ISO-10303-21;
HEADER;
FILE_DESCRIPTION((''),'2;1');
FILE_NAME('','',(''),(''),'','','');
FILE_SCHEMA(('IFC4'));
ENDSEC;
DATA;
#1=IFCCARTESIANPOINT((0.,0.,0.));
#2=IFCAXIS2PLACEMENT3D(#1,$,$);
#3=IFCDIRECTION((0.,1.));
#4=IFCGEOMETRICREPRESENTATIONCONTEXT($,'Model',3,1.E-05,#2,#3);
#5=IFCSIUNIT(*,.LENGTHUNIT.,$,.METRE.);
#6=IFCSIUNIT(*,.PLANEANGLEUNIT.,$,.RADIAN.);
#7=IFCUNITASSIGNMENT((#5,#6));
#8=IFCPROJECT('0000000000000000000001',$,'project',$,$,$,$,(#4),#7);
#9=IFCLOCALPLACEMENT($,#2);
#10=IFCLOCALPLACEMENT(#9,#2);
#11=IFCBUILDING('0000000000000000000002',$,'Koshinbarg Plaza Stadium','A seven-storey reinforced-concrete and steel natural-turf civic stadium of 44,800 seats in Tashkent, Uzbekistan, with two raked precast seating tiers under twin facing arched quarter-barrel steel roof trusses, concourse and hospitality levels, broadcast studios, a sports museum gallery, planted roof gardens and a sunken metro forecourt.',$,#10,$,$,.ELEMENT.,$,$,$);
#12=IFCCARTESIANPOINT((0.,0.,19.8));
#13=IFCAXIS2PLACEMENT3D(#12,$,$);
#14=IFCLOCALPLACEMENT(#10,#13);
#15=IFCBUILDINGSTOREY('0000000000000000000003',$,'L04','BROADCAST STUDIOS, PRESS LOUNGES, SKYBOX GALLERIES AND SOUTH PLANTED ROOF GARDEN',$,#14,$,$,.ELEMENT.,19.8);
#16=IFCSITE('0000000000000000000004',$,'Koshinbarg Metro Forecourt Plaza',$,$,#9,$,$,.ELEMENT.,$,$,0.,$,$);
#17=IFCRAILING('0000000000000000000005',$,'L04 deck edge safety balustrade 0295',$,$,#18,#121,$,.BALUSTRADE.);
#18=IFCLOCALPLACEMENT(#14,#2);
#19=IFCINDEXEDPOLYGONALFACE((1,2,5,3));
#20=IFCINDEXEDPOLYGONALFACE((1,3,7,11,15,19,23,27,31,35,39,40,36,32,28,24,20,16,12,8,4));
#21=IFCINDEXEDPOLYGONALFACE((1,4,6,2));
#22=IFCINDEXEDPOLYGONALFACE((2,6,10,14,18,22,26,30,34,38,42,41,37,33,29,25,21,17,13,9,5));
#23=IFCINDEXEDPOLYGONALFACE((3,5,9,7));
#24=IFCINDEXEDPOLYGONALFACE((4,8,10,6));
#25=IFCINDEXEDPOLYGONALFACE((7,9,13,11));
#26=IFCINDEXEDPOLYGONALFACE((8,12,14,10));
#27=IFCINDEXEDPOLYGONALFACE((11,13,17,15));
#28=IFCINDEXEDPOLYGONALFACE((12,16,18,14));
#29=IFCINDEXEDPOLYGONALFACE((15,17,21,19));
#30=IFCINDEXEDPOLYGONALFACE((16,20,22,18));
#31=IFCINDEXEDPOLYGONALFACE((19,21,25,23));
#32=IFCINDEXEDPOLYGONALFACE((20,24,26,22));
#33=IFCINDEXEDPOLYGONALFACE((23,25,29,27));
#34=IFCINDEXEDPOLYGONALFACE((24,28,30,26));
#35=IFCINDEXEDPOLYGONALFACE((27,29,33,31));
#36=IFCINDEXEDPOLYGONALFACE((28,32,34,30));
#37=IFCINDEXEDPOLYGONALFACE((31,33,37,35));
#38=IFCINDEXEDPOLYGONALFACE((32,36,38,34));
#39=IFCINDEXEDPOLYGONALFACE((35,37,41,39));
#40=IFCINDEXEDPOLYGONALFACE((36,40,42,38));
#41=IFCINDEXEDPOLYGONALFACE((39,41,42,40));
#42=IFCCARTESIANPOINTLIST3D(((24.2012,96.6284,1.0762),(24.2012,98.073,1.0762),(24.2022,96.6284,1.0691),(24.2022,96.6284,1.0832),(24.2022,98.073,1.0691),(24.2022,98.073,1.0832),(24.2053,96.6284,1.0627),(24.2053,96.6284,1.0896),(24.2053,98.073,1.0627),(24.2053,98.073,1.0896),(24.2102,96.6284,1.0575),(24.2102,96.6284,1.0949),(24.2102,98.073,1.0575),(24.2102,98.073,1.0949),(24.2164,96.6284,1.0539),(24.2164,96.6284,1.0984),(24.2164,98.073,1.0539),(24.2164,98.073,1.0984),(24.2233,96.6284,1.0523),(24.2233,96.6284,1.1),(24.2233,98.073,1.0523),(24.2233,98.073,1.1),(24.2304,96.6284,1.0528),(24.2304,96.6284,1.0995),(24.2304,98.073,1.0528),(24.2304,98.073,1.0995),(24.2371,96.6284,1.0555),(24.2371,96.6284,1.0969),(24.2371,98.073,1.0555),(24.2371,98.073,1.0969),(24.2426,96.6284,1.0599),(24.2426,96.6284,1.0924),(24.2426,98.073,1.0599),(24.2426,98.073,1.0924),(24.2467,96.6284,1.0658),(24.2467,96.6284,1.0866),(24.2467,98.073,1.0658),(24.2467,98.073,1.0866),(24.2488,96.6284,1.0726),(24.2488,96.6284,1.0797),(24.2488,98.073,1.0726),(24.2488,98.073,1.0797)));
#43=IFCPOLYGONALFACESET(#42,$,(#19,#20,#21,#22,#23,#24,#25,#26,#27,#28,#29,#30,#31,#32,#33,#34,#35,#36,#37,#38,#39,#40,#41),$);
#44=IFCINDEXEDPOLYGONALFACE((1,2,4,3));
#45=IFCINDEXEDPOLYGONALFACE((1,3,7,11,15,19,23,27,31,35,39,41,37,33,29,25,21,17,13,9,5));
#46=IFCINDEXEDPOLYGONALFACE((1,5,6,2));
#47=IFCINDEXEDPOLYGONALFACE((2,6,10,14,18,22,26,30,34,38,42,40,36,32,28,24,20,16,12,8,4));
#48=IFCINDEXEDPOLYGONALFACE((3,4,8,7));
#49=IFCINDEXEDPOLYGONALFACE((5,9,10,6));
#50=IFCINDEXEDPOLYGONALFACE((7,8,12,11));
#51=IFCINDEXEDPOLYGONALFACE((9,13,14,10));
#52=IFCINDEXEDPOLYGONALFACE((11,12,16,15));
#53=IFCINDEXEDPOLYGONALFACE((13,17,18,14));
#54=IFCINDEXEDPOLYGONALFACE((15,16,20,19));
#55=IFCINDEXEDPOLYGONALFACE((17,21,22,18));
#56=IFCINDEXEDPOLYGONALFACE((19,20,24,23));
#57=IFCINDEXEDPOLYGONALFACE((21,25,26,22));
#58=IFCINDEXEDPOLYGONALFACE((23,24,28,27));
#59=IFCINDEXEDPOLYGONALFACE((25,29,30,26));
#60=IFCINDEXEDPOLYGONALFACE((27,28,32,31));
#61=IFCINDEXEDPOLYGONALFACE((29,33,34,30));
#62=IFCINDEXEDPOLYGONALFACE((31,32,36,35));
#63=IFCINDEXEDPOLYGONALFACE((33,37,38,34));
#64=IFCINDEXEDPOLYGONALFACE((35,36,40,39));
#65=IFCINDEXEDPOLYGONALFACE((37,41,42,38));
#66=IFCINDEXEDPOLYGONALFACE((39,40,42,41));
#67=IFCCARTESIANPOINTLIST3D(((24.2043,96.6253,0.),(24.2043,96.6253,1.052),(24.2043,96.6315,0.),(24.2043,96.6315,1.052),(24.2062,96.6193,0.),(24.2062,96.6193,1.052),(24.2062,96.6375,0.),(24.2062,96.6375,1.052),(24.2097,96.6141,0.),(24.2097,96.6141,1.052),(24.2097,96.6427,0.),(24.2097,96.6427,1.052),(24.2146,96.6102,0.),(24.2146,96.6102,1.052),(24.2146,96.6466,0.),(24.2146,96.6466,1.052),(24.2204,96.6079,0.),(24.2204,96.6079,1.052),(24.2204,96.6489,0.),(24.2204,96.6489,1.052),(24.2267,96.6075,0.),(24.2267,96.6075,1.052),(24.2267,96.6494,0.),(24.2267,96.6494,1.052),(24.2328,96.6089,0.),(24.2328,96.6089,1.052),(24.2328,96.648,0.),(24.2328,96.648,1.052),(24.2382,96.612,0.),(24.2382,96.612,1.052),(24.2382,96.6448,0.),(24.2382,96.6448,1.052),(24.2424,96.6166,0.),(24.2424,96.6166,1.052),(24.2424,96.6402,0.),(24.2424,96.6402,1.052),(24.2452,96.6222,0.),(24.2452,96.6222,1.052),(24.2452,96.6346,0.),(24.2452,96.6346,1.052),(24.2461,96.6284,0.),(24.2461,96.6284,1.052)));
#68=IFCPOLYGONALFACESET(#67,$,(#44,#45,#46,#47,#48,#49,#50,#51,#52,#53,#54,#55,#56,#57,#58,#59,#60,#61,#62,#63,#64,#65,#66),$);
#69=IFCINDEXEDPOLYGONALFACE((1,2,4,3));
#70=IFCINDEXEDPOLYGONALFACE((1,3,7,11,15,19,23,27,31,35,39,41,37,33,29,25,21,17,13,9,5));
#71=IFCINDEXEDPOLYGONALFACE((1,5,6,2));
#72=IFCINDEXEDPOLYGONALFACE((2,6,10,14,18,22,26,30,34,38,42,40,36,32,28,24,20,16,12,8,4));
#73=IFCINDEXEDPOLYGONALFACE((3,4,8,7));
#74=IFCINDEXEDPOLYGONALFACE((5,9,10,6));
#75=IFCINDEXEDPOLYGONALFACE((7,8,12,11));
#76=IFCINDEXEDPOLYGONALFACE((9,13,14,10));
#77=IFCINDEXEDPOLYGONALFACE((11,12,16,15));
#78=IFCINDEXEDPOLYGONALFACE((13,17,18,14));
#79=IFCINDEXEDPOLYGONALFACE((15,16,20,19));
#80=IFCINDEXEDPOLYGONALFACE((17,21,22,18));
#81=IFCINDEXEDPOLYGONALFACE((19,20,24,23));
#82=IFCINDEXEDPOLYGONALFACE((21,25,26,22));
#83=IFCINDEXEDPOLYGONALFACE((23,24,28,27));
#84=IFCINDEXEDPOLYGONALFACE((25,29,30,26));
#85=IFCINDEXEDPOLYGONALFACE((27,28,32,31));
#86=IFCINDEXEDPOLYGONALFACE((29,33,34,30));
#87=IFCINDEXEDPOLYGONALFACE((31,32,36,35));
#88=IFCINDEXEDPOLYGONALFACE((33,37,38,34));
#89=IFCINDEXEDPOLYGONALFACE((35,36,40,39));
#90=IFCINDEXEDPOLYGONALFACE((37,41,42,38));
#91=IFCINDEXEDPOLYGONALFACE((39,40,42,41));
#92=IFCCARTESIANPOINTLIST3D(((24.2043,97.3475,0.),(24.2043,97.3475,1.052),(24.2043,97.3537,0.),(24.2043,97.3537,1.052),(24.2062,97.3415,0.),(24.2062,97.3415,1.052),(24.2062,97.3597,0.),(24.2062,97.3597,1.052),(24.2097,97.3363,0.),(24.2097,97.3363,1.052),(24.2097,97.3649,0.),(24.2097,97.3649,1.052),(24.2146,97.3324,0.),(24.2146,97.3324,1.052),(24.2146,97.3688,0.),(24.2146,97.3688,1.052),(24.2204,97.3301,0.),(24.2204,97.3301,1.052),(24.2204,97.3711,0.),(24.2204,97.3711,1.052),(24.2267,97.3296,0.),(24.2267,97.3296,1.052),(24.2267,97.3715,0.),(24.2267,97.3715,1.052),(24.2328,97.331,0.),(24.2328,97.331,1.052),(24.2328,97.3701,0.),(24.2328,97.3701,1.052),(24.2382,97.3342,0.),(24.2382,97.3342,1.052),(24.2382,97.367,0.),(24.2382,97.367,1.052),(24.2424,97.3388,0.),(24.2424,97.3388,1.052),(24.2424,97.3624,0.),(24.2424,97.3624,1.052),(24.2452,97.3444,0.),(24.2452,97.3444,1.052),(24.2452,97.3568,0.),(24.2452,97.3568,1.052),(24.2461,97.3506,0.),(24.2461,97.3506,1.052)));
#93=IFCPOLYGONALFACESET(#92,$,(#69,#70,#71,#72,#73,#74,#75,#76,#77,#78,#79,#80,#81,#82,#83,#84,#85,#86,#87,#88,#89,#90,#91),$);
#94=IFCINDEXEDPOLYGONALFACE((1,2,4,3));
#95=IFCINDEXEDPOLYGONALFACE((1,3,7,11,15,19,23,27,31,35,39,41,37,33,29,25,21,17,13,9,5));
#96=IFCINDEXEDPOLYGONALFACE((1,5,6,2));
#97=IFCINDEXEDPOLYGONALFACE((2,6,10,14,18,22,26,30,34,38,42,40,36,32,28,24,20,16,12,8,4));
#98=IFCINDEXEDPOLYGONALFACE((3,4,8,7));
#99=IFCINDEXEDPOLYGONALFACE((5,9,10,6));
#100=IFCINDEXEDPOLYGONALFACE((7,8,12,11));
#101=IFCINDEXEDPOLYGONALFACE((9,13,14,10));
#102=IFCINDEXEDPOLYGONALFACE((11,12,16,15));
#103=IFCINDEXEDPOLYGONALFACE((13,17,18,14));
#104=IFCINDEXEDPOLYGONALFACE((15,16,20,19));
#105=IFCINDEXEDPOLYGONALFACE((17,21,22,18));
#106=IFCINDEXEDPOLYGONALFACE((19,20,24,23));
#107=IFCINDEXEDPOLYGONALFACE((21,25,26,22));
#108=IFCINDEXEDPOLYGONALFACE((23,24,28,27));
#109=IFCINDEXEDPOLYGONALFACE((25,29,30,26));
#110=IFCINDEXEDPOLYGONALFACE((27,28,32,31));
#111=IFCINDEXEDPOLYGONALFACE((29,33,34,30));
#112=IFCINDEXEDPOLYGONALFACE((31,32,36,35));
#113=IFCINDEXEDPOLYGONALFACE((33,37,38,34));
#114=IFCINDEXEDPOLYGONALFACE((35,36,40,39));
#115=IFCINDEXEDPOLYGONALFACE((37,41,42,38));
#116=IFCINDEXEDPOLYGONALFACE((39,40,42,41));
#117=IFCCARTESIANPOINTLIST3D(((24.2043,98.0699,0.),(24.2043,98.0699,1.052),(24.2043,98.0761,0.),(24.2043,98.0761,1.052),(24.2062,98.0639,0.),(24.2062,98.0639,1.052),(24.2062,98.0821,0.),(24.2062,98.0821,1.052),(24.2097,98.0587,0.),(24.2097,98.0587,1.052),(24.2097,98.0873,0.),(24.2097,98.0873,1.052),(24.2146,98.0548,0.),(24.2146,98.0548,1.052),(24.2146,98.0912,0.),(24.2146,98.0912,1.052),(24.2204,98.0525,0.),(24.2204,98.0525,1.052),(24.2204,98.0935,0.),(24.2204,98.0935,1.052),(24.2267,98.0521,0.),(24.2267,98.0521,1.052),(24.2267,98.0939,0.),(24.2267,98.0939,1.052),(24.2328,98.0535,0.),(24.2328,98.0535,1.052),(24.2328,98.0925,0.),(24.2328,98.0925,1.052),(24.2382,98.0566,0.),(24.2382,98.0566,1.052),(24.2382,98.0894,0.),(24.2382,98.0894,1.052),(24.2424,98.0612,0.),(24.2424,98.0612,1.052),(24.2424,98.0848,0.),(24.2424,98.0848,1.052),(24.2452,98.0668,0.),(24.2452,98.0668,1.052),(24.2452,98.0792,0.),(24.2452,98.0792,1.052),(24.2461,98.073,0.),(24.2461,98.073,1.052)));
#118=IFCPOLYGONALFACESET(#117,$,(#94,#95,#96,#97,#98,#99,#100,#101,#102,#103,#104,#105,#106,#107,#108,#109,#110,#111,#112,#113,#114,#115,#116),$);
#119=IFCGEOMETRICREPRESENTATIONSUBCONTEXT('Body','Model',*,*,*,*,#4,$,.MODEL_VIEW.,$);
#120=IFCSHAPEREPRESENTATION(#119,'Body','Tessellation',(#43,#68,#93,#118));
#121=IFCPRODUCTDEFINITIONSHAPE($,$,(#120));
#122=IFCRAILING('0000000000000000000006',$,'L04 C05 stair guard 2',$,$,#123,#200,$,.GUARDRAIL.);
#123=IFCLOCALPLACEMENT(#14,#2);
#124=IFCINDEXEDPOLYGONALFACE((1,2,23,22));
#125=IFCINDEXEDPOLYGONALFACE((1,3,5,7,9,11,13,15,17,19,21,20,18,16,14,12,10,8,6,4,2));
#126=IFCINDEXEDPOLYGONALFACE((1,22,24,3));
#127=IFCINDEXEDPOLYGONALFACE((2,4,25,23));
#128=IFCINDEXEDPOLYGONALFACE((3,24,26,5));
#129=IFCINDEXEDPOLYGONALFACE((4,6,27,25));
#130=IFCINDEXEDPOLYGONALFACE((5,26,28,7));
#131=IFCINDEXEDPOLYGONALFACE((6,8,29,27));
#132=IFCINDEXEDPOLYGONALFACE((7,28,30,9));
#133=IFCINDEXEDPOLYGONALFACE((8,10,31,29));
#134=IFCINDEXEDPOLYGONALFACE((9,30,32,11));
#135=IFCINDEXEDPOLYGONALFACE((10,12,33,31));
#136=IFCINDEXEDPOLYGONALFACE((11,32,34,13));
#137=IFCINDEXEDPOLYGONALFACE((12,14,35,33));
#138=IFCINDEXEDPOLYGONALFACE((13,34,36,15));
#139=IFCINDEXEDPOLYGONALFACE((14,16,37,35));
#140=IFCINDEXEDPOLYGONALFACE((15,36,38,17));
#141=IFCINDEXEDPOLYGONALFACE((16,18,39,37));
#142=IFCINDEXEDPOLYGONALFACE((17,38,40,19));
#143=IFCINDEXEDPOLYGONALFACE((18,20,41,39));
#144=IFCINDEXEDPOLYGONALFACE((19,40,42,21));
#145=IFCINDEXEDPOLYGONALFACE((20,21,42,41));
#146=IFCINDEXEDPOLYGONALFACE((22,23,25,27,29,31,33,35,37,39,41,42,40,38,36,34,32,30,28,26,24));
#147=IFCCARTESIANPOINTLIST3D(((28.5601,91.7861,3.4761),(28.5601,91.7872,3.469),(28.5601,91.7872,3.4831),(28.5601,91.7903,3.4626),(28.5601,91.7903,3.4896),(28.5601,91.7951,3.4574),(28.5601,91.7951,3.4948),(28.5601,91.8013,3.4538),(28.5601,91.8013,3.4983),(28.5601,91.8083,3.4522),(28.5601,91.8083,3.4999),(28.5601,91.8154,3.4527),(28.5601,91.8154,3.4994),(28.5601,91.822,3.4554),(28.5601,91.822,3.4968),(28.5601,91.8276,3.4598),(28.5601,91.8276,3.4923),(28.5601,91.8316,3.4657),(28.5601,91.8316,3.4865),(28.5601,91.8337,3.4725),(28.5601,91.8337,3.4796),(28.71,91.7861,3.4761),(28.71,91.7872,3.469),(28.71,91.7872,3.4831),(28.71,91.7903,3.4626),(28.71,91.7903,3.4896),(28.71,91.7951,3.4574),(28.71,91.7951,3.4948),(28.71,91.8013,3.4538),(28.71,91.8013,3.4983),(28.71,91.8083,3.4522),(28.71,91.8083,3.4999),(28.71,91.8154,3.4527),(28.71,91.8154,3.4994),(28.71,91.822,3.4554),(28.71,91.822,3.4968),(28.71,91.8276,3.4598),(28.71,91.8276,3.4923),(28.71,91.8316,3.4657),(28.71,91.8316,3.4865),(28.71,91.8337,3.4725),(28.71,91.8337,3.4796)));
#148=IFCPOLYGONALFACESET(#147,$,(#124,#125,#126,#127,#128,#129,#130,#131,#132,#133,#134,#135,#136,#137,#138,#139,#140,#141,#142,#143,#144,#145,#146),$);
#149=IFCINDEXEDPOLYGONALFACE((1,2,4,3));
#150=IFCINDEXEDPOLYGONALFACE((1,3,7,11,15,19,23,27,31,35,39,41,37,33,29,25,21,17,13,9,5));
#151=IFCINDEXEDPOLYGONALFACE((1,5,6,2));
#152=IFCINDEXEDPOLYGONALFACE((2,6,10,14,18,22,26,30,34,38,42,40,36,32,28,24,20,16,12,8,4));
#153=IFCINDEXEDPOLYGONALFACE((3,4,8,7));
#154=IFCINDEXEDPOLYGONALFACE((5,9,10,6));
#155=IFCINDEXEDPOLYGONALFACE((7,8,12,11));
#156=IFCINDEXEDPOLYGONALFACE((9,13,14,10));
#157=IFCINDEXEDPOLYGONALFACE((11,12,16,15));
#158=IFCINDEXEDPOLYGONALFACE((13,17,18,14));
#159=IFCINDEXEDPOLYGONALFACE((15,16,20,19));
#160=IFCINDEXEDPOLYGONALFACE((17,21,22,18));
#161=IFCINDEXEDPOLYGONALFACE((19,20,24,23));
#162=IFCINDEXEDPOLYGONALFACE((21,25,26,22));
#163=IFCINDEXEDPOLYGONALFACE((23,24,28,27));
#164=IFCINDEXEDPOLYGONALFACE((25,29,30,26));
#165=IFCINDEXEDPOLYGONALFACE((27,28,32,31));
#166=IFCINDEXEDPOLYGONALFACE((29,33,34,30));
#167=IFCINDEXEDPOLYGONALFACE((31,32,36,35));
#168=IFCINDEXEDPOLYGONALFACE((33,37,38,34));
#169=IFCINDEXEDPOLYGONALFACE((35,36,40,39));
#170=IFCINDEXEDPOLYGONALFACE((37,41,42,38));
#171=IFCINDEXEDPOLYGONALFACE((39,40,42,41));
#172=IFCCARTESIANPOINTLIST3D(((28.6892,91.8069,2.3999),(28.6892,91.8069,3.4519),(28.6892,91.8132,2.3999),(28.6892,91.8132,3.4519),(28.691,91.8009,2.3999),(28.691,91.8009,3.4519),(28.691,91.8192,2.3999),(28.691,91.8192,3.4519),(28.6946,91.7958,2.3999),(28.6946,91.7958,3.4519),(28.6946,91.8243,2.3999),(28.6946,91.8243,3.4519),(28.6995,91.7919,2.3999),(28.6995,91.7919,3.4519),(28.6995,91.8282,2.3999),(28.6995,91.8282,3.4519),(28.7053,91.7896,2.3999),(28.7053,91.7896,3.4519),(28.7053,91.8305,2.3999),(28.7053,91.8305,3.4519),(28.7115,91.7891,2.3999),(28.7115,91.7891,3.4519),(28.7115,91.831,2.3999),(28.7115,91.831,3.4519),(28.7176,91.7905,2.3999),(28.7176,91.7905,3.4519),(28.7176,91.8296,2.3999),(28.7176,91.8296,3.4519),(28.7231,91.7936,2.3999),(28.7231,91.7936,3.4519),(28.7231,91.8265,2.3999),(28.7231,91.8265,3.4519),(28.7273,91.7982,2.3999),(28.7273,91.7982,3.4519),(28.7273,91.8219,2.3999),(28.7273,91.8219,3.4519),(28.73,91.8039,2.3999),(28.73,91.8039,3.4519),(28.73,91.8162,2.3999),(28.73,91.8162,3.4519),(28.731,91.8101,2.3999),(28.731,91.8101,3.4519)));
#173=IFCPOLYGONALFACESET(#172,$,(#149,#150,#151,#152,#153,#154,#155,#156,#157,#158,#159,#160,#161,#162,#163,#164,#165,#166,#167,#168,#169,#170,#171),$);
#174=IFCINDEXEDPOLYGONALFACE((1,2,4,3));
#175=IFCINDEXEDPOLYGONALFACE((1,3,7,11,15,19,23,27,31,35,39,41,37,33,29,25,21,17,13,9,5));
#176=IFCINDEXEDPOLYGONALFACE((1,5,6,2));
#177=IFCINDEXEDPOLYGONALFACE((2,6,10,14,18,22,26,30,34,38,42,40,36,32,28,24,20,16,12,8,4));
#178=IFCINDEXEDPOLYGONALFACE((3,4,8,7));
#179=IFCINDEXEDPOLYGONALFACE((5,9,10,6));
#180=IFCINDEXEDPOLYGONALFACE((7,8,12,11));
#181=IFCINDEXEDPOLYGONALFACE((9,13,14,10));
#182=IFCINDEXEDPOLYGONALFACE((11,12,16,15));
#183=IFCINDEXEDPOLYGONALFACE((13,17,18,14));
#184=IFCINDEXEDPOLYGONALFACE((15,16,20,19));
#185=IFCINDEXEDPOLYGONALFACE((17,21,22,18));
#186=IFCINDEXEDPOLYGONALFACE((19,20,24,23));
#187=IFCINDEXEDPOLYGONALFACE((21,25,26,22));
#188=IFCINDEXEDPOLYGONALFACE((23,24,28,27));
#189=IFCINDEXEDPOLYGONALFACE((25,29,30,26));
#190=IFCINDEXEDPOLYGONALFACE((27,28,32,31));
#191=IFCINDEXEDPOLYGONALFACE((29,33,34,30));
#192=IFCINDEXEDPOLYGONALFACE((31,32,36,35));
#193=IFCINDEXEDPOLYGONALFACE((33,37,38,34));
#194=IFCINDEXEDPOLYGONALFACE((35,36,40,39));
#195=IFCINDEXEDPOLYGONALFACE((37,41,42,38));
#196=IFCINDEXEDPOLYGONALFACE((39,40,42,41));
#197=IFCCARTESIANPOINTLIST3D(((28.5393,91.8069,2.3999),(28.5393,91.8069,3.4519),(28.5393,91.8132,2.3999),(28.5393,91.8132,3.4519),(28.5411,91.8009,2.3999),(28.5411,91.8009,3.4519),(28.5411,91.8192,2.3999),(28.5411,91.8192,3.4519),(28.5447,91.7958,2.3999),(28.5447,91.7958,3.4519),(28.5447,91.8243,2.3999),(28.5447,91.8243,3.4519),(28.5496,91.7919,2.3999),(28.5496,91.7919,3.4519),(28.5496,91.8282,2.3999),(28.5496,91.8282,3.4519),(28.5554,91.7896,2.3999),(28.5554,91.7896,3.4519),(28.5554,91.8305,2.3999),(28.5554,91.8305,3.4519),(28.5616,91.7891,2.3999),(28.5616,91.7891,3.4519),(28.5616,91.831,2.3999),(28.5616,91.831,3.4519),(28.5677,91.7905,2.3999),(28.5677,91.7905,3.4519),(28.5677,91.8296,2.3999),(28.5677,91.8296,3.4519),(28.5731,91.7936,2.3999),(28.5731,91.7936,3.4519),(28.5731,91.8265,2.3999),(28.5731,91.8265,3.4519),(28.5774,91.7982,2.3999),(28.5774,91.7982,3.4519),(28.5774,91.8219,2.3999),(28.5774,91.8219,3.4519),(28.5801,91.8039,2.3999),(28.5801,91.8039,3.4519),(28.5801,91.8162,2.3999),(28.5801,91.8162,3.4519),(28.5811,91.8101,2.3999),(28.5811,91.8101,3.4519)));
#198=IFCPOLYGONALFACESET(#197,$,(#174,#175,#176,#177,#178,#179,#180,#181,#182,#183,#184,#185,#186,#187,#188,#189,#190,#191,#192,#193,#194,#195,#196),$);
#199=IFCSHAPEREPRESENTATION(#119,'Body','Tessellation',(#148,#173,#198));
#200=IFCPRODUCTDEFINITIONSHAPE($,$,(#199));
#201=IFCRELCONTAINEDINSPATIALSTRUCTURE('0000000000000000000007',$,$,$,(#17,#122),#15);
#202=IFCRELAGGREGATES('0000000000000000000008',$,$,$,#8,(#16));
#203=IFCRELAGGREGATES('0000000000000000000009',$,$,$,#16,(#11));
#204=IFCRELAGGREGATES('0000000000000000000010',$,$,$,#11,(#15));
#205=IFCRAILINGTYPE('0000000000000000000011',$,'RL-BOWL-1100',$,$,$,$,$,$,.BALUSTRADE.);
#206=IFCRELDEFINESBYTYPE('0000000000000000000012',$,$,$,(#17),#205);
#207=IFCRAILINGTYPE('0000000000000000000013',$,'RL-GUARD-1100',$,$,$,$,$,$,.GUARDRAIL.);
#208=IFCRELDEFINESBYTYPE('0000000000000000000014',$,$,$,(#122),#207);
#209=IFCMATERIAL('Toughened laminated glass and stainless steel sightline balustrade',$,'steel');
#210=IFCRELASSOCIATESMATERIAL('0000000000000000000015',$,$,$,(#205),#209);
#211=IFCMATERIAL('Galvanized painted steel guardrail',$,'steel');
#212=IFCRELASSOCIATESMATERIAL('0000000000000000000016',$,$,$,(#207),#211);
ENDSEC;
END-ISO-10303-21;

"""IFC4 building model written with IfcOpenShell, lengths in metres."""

from ifc_helpers import new_model, si_unit, direction, frame, origin, origin_2d, place, context, subcontext, project, spatial, circle, extrude, material, type_object, element, save


model = new_model("IFC4")

# Units and contexts
model_context = context("Model", 3, precision=1e-05, world=origin(), true_north=direction((0.0, 1.0)))
body_context = subcontext(model_context, "Body", "Model", "MODEL_VIEW")
ifc_project = project(units=[si_unit("LENGTHUNIT", "METRE"), si_unit("PLANEANGLEUNIT", "RADIAN")], contexts=[model_context])

# Site, building, storey
site_placement = place(None, origin())
site = spatial("IfcSite", under=ifc_project, at=site_placement, Name="Koshinbarg Metro Forecourt Plaza", CompositionType="ELEMENT", RefElevation=0.0)
building_placement = place(site_placement, origin())
building = spatial("IfcBuilding", under=site, at=building_placement, Name="Koshinbarg Plaza Stadium", Description="A seven-storey reinforced-concrete and steel natural-turf civic stadium of 44,800 seats in Tashkent, Uzbekistan, with two raked precast seating tiers under twin facing arched quarter-barrel steel roof trusses, concourse and hospitality levels, broadcast studios, a sports museum gallery, planted roof gardens and a sunken metro forecourt.", CompositionType="ELEMENT")
storey_placement = place(building_placement, frame((0.0, 0.0, 19.8)))
storey = spatial("IfcBuildingStorey", under=building, at=storey_placement, Name="L04", Description="BROADCAST STUDIOS, PRESS LOUNGES, SKYBOX GALLERIES AND SOUTH PLANTED ROOF GARDEN", CompositionType="ELEMENT", Elevation=19.8)

# Railings
ifc_material_1 = material(Name="Toughened laminated glass and stainless steel sightline balustrade", Category="steel")
railing_type_1 = type_object("IfcRailingType", Name="RL-BOWL-1100", PredefinedType="BALUSTRADE", material=ifc_material_1)
railing_1_placement = place(storey_placement, frame((24.2251, 96.6284, 0.0)))
element("IfcRailing", 1, at=railing_1_placement, inside=storey, type_object=railing_type_1, Name="L04 deck edge safety balustrade 0295", PredefinedType="BALUSTRADE", context=body_context, shape_type="SweptSolid", body=[
    extrude(circle(Radius=0.0239, at=origin_2d()), frame((0.0, 0.0, 1.0762), z_axis=(0.0, 1.0, 0.0), x_axis=(-1.0, 0.0, 0.0)), (0.0, 0.0, 1.0), 1.4446),
    extrude(circle(Radius=0.021, at=origin_2d()), origin(), (0.0, 0.0, 1.0), 1.052),
    extrude(circle(Radius=0.021, at=origin_2d()), frame((0.0, 0.7222, 0.0)), (0.0, 0.0, 1.0), 1.052),
    extrude(circle(Radius=0.021, at=origin_2d()), frame((0.0, 1.4446, 0.0)), (0.0, 0.0, 1.0), 1.052),
])
ifc_material_2 = material(Name="Galvanized painted steel guardrail", Category="steel")
railing_type_2 = type_object("IfcRailingType", Name="RL-GUARD-1100", PredefinedType="GUARDRAIL", material=ifc_material_2)
railing_2_placement = place(storey_placement, frame((28.71, 91.8101, 2.3999)))
element("IfcRailing", 2, at=railing_2_placement, inside=storey, type_object=railing_type_2, Name="L04 C05 stair guard 2", PredefinedType="GUARDRAIL", context=body_context, shape_type="SweptSolid", body=[
    extrude(circle(Radius=0.0239, at=origin_2d()), frame((0.0, 0.0, 1.0762), z_axis=(-1.0, 0.0, 0.0), x_axis=(0.0, -1.0, 0.0)), (0.0, 0.0, 1.0), 0.1499),
    extrude(circle(Radius=0.021, at=origin_2d()), origin(), (0.0, 0.0, 1.0), 1.052),
    extrude(circle(Radius=0.021, at=origin_2d()), frame((-0.1499, 0.0, 0.0)), (0.0, 0.0, 1.0), 1.052),
])

save(model, "model.ifc")
